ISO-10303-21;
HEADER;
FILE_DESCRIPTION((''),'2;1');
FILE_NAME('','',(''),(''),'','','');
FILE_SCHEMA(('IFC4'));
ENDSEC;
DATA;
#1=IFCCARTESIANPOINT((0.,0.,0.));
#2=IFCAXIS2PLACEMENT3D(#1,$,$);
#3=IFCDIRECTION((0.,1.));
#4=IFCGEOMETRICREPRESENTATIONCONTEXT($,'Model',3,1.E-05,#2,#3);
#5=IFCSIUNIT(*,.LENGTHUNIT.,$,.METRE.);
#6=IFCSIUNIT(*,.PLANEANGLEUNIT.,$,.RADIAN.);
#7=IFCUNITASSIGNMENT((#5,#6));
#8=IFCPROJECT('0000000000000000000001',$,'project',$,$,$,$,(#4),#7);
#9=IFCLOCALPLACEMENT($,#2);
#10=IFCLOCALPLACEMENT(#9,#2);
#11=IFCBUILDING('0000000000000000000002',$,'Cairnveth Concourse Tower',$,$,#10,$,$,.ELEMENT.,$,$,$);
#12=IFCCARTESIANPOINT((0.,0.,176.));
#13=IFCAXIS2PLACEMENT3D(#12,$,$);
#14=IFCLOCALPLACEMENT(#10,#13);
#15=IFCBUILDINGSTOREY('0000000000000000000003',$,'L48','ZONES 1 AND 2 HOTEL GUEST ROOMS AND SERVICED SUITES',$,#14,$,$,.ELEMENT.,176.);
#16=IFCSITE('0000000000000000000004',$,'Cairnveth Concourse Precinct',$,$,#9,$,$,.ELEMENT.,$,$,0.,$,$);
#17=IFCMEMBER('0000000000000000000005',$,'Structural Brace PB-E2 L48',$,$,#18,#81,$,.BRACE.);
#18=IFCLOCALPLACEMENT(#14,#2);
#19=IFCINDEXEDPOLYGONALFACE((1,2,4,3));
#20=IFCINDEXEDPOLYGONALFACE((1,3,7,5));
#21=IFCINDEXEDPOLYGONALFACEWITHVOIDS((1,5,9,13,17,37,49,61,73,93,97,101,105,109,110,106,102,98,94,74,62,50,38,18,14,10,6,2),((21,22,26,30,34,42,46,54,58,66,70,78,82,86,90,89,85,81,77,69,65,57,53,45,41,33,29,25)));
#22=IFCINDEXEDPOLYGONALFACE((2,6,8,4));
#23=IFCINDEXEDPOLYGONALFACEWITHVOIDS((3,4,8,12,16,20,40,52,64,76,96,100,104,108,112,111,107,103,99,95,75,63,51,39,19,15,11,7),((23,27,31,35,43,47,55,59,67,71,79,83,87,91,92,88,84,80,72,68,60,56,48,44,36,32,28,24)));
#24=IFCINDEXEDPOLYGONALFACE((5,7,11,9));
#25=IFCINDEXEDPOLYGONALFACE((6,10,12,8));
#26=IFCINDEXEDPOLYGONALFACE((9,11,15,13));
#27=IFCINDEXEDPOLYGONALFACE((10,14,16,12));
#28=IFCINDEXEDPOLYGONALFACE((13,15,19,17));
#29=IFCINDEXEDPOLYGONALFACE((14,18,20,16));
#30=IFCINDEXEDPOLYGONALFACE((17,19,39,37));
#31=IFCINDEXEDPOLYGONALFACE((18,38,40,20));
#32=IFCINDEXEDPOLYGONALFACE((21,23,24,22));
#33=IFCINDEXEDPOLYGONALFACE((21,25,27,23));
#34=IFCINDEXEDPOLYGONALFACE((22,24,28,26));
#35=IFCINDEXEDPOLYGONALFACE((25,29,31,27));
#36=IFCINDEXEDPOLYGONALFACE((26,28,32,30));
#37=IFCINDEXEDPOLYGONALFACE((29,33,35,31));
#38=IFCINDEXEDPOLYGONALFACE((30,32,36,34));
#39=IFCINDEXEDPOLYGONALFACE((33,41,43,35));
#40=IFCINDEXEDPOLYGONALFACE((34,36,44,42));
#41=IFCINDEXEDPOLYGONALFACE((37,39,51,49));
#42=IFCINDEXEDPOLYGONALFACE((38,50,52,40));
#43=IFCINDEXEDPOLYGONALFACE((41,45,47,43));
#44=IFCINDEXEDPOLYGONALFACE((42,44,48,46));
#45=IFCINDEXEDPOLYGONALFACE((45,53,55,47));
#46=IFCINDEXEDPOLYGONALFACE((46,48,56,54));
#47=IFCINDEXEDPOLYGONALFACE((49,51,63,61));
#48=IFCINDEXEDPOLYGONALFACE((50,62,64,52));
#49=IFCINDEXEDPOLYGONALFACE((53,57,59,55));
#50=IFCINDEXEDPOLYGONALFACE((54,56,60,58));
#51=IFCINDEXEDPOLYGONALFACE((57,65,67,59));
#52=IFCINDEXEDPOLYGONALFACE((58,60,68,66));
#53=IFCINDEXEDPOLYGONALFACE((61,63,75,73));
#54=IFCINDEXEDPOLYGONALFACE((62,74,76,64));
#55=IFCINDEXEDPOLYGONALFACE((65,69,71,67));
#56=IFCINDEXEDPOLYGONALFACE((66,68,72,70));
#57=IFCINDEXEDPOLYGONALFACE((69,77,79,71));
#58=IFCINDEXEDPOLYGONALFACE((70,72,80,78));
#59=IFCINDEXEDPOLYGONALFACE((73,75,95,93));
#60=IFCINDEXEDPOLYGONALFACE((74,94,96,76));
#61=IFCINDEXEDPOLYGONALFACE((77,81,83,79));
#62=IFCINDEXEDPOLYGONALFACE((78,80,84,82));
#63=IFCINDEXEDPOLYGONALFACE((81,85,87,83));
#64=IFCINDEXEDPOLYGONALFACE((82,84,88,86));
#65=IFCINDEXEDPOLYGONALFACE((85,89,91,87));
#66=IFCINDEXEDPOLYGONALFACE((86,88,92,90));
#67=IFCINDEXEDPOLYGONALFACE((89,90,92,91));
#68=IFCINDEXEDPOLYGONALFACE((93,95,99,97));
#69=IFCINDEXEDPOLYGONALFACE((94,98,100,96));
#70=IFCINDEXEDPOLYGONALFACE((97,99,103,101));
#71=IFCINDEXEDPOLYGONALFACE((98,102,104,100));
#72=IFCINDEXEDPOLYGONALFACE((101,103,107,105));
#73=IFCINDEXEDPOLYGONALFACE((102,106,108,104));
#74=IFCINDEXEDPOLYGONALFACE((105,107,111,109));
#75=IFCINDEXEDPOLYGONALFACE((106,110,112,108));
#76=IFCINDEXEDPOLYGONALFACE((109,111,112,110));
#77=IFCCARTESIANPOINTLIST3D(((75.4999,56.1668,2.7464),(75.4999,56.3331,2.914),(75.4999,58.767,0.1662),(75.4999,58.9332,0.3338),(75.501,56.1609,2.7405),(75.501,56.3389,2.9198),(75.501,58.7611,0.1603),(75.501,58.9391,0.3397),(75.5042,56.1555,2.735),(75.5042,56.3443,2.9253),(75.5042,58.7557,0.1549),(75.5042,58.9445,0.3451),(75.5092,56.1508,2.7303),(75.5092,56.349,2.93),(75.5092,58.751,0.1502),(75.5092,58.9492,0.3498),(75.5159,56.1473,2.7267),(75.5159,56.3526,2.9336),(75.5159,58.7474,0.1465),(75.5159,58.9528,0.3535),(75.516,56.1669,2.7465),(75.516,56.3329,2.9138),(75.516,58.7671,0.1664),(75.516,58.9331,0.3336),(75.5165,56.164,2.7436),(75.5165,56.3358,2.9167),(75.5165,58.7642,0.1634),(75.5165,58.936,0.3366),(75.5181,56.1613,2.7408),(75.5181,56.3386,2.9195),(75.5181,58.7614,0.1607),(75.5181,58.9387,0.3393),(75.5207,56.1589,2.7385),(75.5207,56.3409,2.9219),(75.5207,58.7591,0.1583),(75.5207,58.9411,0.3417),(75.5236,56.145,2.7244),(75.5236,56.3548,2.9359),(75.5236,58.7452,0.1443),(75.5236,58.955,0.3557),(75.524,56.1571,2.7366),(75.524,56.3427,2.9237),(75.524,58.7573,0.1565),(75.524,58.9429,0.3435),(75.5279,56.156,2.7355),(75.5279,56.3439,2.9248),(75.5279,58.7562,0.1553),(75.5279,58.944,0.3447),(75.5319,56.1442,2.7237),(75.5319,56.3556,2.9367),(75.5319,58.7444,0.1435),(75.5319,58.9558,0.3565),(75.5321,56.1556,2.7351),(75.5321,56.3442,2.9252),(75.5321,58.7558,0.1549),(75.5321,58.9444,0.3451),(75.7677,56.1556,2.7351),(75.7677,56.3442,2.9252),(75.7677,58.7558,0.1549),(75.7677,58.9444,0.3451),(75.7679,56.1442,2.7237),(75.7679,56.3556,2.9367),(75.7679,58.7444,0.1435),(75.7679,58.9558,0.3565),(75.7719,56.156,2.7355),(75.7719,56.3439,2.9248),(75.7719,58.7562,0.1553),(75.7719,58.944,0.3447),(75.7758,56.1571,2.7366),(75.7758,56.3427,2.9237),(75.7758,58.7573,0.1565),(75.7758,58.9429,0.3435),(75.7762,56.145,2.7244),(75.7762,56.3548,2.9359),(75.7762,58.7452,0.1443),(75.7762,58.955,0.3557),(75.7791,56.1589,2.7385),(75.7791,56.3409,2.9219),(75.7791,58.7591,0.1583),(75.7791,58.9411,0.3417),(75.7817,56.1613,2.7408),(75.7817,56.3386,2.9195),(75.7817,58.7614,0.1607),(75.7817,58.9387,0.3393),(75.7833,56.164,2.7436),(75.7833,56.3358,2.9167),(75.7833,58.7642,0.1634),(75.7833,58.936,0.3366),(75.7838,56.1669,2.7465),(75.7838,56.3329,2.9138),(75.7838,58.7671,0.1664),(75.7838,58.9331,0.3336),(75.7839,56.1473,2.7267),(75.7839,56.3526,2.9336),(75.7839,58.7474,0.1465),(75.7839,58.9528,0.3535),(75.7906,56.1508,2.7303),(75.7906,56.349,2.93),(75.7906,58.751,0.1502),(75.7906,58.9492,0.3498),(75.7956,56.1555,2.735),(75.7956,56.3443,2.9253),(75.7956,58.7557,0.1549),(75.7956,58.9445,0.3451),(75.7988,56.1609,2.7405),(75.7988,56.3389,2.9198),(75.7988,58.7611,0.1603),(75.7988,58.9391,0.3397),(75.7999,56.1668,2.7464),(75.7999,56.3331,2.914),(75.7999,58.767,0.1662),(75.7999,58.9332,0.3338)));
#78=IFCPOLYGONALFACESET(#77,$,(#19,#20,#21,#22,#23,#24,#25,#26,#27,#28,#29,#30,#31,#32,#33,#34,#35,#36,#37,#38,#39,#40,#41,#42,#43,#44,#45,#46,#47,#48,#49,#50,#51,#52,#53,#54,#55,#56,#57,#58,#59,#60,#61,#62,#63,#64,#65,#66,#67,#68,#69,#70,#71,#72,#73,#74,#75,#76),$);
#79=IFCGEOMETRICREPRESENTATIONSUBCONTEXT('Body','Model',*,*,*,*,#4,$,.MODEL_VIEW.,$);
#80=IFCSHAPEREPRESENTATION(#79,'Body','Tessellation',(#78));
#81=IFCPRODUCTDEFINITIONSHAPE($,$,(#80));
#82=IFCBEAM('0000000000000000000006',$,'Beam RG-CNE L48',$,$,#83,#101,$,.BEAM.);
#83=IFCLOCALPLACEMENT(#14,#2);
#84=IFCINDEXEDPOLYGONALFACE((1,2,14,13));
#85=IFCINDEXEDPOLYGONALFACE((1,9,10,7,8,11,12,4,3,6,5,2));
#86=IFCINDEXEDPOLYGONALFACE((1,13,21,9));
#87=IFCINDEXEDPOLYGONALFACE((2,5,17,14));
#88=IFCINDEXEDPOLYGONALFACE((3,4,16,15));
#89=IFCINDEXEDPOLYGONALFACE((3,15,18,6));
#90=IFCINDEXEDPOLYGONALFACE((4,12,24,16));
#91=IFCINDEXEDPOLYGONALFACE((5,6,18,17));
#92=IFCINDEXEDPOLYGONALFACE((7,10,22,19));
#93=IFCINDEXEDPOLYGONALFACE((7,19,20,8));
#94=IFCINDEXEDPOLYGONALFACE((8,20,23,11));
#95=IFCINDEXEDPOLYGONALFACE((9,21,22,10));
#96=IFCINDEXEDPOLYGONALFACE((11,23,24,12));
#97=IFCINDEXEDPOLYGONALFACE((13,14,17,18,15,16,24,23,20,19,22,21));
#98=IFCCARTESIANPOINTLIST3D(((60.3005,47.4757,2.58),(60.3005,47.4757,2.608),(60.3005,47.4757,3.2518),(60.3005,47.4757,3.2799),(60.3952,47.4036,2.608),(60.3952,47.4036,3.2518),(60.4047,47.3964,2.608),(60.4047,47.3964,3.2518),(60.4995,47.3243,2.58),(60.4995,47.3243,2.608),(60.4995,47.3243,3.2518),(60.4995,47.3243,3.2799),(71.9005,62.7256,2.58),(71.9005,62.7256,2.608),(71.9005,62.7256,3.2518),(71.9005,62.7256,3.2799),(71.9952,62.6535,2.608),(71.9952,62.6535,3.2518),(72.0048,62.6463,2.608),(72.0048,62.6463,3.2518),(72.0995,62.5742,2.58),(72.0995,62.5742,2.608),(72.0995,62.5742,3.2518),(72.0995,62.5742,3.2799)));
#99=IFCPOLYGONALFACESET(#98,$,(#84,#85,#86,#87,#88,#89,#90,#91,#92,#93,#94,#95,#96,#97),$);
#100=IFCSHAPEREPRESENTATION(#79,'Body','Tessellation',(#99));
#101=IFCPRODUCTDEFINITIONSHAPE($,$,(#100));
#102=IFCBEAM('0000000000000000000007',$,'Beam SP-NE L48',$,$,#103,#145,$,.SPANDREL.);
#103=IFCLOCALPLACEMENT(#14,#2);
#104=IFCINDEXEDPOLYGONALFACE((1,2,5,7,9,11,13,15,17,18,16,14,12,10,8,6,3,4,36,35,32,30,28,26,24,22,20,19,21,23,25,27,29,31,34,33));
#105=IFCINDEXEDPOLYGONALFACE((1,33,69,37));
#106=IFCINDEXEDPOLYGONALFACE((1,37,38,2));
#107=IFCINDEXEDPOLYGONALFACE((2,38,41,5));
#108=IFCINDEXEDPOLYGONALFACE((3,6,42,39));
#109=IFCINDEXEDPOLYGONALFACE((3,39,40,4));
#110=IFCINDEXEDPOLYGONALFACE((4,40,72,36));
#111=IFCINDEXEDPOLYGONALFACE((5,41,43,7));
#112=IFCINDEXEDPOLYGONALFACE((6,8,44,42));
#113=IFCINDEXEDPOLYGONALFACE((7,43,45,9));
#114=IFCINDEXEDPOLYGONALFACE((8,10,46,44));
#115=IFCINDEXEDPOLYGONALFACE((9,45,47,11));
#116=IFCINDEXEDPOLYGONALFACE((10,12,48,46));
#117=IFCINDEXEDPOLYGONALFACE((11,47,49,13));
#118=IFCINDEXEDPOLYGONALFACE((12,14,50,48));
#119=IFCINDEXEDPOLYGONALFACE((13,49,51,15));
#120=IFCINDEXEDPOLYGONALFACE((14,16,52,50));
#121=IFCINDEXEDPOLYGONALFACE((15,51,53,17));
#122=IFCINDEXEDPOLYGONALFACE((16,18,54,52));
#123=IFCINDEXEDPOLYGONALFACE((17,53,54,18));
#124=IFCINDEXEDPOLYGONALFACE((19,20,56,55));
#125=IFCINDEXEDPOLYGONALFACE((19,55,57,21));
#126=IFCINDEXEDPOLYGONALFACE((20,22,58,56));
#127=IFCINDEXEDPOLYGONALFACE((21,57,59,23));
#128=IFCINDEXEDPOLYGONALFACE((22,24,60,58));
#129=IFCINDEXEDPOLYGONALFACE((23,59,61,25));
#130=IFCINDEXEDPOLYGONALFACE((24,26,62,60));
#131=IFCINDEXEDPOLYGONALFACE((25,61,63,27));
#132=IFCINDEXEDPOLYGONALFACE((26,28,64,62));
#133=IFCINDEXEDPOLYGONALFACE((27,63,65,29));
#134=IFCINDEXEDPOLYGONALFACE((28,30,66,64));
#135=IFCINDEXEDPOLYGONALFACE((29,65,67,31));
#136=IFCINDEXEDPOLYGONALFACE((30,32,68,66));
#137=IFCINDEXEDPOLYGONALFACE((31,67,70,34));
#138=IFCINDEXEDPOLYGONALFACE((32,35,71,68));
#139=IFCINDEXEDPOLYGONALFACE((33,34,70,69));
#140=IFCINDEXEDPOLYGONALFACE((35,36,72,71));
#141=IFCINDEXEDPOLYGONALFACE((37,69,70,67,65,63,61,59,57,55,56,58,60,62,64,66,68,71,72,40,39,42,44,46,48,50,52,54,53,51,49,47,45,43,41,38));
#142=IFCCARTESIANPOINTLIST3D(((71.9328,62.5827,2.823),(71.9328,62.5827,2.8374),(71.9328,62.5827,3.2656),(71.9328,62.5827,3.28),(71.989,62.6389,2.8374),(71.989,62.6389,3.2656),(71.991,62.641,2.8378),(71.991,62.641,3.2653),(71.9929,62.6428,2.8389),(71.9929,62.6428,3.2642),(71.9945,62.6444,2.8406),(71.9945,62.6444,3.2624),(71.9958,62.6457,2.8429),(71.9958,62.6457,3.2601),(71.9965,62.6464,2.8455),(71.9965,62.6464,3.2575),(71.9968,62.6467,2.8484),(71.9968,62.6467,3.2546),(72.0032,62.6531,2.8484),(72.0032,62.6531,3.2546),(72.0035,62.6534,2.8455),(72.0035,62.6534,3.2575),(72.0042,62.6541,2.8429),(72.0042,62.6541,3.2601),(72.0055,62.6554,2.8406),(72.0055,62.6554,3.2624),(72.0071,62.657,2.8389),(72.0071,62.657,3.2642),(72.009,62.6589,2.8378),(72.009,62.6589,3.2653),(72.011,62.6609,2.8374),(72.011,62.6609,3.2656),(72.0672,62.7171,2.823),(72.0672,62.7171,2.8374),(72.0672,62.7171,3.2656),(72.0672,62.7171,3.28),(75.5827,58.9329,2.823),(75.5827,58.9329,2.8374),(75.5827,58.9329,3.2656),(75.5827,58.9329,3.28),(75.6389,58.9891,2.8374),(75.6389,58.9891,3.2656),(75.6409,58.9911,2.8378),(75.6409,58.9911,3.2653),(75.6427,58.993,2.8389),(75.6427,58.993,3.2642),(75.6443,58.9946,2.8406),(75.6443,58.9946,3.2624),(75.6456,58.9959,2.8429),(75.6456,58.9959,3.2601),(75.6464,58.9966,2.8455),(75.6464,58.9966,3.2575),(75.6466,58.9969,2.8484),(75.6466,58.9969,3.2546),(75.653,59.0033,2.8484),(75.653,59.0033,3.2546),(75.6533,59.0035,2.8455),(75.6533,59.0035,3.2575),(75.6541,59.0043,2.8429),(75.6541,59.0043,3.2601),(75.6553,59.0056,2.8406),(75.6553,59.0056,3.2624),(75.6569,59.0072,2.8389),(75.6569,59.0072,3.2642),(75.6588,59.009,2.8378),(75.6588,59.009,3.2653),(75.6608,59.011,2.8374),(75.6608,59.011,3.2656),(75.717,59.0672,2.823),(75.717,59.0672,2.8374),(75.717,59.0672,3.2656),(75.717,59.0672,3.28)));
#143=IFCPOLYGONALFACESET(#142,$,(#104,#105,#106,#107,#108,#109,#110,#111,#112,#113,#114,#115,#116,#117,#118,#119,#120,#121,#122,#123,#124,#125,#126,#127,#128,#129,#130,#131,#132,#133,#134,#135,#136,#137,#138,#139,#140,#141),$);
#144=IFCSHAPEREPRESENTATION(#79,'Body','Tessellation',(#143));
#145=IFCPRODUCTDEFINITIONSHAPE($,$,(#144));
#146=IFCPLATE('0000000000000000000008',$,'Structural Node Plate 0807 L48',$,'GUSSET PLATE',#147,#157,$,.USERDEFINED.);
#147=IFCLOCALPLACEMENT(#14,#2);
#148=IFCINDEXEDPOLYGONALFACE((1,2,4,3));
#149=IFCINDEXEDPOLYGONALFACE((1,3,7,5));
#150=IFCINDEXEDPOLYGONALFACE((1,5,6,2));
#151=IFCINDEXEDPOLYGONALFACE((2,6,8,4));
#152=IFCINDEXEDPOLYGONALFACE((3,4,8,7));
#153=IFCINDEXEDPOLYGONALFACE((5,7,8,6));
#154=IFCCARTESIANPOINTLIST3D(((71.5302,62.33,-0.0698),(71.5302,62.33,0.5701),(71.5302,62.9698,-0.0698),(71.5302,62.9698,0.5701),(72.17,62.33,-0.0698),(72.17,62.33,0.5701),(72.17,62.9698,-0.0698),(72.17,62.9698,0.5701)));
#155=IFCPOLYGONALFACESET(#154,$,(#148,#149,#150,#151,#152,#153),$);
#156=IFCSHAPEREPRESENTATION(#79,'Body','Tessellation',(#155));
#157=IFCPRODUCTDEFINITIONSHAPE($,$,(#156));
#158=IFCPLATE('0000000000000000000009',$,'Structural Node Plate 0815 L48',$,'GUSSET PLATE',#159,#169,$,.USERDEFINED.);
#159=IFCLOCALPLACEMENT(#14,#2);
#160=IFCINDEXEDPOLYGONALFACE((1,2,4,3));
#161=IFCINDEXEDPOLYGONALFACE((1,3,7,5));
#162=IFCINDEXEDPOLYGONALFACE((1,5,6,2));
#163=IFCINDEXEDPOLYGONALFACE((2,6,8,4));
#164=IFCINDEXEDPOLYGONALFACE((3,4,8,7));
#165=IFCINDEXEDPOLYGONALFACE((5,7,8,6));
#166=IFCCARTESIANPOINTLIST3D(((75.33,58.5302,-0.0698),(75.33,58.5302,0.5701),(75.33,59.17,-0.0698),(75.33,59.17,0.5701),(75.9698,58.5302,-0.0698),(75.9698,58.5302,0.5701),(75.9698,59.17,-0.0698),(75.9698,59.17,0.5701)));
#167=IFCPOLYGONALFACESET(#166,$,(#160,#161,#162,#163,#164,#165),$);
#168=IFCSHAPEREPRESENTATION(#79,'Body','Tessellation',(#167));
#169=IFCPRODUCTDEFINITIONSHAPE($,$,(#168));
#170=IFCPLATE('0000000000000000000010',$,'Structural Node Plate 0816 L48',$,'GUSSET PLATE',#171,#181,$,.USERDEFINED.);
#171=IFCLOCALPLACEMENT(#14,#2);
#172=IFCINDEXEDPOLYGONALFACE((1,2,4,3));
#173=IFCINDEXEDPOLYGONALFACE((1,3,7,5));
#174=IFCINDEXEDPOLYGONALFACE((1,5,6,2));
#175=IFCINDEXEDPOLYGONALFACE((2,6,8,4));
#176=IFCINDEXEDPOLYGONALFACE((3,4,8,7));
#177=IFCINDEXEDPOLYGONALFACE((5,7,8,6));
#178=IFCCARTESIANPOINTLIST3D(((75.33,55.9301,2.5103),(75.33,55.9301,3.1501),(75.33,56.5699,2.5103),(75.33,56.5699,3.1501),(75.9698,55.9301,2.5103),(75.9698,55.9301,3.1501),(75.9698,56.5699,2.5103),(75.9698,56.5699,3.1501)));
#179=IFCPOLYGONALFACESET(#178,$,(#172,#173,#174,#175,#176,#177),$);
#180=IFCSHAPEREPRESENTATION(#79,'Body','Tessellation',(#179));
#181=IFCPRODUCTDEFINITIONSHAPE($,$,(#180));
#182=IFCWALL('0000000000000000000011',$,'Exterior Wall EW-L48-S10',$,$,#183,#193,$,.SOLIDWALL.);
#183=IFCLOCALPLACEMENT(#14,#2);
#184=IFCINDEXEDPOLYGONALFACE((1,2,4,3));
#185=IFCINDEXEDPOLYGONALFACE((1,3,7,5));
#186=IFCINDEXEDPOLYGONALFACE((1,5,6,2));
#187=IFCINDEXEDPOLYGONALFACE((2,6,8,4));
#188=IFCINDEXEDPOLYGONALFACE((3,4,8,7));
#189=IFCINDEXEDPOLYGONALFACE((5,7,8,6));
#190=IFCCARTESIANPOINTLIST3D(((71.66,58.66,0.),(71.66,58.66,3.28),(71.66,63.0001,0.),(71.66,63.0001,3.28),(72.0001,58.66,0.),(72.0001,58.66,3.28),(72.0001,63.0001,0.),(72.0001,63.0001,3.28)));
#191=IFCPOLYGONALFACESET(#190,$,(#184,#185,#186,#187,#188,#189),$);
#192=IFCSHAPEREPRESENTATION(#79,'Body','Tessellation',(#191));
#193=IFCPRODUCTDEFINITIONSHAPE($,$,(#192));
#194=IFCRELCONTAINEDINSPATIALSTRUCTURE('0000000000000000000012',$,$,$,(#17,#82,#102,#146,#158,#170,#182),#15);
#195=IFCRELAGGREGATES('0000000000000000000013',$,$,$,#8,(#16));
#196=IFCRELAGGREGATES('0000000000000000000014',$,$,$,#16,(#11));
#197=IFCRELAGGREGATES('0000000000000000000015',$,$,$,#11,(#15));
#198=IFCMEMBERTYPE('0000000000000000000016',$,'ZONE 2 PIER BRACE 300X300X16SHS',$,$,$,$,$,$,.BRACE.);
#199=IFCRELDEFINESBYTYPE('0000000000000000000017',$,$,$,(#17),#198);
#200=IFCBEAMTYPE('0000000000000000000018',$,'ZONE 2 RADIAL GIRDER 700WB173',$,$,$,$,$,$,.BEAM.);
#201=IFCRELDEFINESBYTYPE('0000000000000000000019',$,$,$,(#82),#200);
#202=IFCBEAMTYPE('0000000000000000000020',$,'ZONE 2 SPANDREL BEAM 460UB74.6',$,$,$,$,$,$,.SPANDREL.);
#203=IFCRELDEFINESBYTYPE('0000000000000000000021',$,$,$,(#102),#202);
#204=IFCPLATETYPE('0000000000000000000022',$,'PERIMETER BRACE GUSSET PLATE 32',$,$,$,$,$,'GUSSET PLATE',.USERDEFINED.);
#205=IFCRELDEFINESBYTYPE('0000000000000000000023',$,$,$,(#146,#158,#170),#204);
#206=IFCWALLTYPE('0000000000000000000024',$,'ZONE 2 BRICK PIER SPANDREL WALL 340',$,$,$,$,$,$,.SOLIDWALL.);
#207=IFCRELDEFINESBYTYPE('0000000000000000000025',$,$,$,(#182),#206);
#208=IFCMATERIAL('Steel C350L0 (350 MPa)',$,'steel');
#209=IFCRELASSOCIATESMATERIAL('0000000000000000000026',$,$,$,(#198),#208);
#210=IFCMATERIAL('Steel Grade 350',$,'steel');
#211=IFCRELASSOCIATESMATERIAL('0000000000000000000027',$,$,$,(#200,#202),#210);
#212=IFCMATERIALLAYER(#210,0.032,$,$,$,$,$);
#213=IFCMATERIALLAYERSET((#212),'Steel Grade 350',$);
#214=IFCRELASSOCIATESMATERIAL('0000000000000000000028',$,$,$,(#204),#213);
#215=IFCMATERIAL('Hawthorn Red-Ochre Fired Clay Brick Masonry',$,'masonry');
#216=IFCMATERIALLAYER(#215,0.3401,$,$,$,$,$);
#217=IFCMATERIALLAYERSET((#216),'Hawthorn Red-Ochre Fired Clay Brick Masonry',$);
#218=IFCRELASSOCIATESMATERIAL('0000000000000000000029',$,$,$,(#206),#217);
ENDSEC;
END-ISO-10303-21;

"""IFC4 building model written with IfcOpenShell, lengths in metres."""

from ifc_helpers import new_model, si_unit, direction, frame, frame_2d, origin, origin_2d, place, context, subcontext, project, spatial, rectangle, hollow_rectangle, i_section, extrude, material, layer, layer_set, material_profile, profile_set, type_object, element, save


model = new_model("IFC4")

# Units and contexts
model_context = context("Model", 3, precision=1e-05, world=origin(), true_north=direction((0.0, 1.0)))
body_context = subcontext(model_context, "Body", "Model", "MODEL_VIEW")
ifc_project = project(units=[si_unit("LENGTHUNIT", "METRE"), si_unit("PLANEANGLEUNIT", "RADIAN")], contexts=[model_context])

# Site, building, storey
site_placement = place(None, origin())
site = spatial("IfcSite", under=ifc_project, at=site_placement, Name="Cairnveth Concourse Precinct", CompositionType="ELEMENT", RefElevation=0.0)
building_placement = place(site_placement, origin())
building = spatial("IfcBuilding", under=site, at=building_placement, Name="Cairnveth Concourse Tower", CompositionType="ELEMENT")
storey_placement = place(building_placement, frame((0.0, 0.0, 176.0)))
storey = spatial("IfcBuildingStorey", under=building, at=storey_placement, Name="L48", Description="ZONES 1 AND 2 HOTEL GUEST ROOMS AND SERVICED SUITES", CompositionType="ELEMENT", Elevation=176.0)

# Shared definitions
ifc_material_1 = material(Name="Steel Grade 350", Category="steel")

# Member
ifc_material_2 = material(Name="Steel C350L0 (350 MPa)", Category="steel")
ifc_material_profile_1 = material_profile(ifc_material_2, hollow_rectangle(XDim=0.3, YDim=0.3, WallThickness=0.0161, InnerFilletRadius=0.0161, OuterFilletRadius=0.032, at=origin_2d()), Name="300x300x16.0SHS")
ifc_profile_set_1 = profile_set([ifc_material_profile_1], Name="Steel C350L0 (350 MPa)")
member_type = type_object("IfcMemberType", Name="ZONE 2 PIER BRACE 300X300X16SHS", PredefinedType="BRACE", material=ifc_profile_set_1)
for number, where, z_axis, x_axis, name in (
    (1, (75.6499, 58.8501, 0.25), (0.0, -0.709834, 0.704369), (1.0, 0.0, 0.0), "Structural Brace PB-E2 L48"),
):
    element("IfcMember", number, at=place(storey_placement, frame(where, z_axis=z_axis, x_axis=x_axis)), inside=storey, type_object=member_type, Name=name, PredefinedType="BRACE", context=body_context, shape_type="SweptSolid", body=[
        extrude(hollow_rectangle(XDim=0.3, YDim=0.3, WallThickness=0.0161, InnerFilletRadius=0.0161, OuterFilletRadius=0.032, at=origin_2d()), origin(), (0.0, 0.0, 1.0), 3.6631),
    ])

# Beams
ifc_material_profile_2 = material_profile(ifc_material_1, i_section(OverallWidth=0.25, OverallDepth=0.7, WebThickness=0.012, FlangeThickness=0.0281, at=origin_2d()), Name="700WB173")
ifc_profile_set_2 = profile_set([ifc_material_profile_2], Name="Steel Grade 350")
beam_type_1 = type_object("IfcBeamType", Name="ZONE 2 RADIAL GIRDER 700WB173", PredefinedType="BEAM", material=ifc_profile_set_2)
beam_1_placement = place(storey_placement, frame((72.0, 62.6499, 2.9299), z_axis=(-0.605417, -0.795908, 0.0), x_axis=(0.795908, -0.605417, 0.0)))
element("IfcBeam", 2, at=beam_1_placement, inside=storey, type_object=beam_type_1, Name="Beam RG-CNE L48", PredefinedType="BEAM", context=body_context, shape_type="SweptSolid", body=[
    extrude(i_section(OverallWidth=0.25, OverallDepth=0.7, WebThickness=0.012, FlangeThickness=0.0281, at=origin_2d()), origin(), (0.0, 0.0, 1.0), 19.1604),
])
ifc_material_profile_3 = material_profile(ifc_material_1, i_section(OverallWidth=0.1899, OverallDepth=0.457, WebThickness=0.009, FlangeThickness=0.0144, FilletRadius=0.011, at=origin_2d()), Name="460UB74.6")
ifc_profile_set_3 = profile_set([ifc_material_profile_3], Name="Steel Grade 350")
beam_type_2 = type_object("IfcBeamType", Name="ZONE 2 SPANDREL BEAM 460UB74.6", PredefinedType="SPANDREL", material=ifc_profile_set_3)
beam_2_placement = place(storey_placement, frame((72.0, 62.6499, 3.0515), z_axis=(0.707107, -0.707107, 0.0), x_axis=(0.707107, 0.707107, 0.0)))
element("IfcBeam", 3, at=beam_2_placement, inside=storey, type_object=beam_type_2, Name="Beam SP-NE L48", PredefinedType="SPANDREL", context=body_context, shape_type="SweptSolid", body=[
    extrude(i_section(OverallWidth=0.1899, OverallDepth=0.457, WebThickness=0.009, FlangeThickness=0.0144, FilletRadius=0.011, at=origin_2d()), origin(), (0.0, 0.0, 1.0), 5.1616),
])

# Plates
ifc_layer_1 = layer(ifc_material_1, 0.032)
ifc_layer_set_1 = layer_set([ifc_layer_1], Name="Steel Grade 350")
plate_type = type_object("IfcPlateType", Name="PERIMETER BRACE GUSSET PLATE 32", ElementType="GUSSET PLATE", PredefinedType="USERDEFINED", material=ifc_layer_set_1)
for number, where, z_axis, x_axis, name in (
    (4, (71.8501, 62.6499, -0.0698), (0.0, 0.0, 1.0), (1.0, 0.0, 0.0), "Structural Node Plate 0807 L48"),
    (5, (75.6499, 58.8501, -0.0698), (0.0, 0.0, 1.0), (1.0, 0.0, 0.0), "Structural Node Plate 0815 L48"),
    (6, (75.6499, 56.25, 2.5103), (0.0, 0.0, 1.0), (1.0, 0.0, 0.0), "Structural Node Plate 0816 L48"),
):
    element("IfcPlate", number, at=place(storey_placement, frame(where, z_axis=z_axis, x_axis=x_axis)), inside=storey, type_object=plate_type, Name=name, ObjectType="GUSSET PLATE", PredefinedType="USERDEFINED", context=body_context, shape_type="SweptSolid", body=[
        extrude(rectangle(XDim=0.6399, YDim=0.6399, at=origin_2d()), origin(), (0.0, 0.0, 1.0), 0.6399),
    ])

# Wall
ifc_material_3 = material(Name="Hawthorn Red-Ochre Fired Clay Brick Masonry", Category="masonry")
ifc_layer_2 = layer(ifc_material_3, 0.3401)
ifc_layer_set_2 = layer_set([ifc_layer_2], Name="Hawthorn Red-Ochre Fired Clay Brick Masonry")
wall_type = type_object("IfcWallType", Name="ZONE 2 BRICK PIER SPANDREL WALL 340", PredefinedType="SOLIDWALL", material=ifc_layer_set_2)
wall_1_placement = place(storey_placement, frame((71.8301, 63.0, 0.0), z_axis=(0.0, 0.0, 1.0), x_axis=(0.0, -1.0, 0.0)))
element("IfcWall", 7, at=wall_1_placement, inside=storey, type_object=wall_type, Name="Exterior Wall EW-L48-S10", PredefinedType="SOLIDWALL", context=body_context, shape_type="SweptSolid", body=[
    extrude(rectangle(XDim=4.3401, YDim=0.3401, at=frame_2d((2.1699, 0.0))), origin(), (0.0, 0.0, 1.0), 3.28),
])

save(model, "model.ifc")
